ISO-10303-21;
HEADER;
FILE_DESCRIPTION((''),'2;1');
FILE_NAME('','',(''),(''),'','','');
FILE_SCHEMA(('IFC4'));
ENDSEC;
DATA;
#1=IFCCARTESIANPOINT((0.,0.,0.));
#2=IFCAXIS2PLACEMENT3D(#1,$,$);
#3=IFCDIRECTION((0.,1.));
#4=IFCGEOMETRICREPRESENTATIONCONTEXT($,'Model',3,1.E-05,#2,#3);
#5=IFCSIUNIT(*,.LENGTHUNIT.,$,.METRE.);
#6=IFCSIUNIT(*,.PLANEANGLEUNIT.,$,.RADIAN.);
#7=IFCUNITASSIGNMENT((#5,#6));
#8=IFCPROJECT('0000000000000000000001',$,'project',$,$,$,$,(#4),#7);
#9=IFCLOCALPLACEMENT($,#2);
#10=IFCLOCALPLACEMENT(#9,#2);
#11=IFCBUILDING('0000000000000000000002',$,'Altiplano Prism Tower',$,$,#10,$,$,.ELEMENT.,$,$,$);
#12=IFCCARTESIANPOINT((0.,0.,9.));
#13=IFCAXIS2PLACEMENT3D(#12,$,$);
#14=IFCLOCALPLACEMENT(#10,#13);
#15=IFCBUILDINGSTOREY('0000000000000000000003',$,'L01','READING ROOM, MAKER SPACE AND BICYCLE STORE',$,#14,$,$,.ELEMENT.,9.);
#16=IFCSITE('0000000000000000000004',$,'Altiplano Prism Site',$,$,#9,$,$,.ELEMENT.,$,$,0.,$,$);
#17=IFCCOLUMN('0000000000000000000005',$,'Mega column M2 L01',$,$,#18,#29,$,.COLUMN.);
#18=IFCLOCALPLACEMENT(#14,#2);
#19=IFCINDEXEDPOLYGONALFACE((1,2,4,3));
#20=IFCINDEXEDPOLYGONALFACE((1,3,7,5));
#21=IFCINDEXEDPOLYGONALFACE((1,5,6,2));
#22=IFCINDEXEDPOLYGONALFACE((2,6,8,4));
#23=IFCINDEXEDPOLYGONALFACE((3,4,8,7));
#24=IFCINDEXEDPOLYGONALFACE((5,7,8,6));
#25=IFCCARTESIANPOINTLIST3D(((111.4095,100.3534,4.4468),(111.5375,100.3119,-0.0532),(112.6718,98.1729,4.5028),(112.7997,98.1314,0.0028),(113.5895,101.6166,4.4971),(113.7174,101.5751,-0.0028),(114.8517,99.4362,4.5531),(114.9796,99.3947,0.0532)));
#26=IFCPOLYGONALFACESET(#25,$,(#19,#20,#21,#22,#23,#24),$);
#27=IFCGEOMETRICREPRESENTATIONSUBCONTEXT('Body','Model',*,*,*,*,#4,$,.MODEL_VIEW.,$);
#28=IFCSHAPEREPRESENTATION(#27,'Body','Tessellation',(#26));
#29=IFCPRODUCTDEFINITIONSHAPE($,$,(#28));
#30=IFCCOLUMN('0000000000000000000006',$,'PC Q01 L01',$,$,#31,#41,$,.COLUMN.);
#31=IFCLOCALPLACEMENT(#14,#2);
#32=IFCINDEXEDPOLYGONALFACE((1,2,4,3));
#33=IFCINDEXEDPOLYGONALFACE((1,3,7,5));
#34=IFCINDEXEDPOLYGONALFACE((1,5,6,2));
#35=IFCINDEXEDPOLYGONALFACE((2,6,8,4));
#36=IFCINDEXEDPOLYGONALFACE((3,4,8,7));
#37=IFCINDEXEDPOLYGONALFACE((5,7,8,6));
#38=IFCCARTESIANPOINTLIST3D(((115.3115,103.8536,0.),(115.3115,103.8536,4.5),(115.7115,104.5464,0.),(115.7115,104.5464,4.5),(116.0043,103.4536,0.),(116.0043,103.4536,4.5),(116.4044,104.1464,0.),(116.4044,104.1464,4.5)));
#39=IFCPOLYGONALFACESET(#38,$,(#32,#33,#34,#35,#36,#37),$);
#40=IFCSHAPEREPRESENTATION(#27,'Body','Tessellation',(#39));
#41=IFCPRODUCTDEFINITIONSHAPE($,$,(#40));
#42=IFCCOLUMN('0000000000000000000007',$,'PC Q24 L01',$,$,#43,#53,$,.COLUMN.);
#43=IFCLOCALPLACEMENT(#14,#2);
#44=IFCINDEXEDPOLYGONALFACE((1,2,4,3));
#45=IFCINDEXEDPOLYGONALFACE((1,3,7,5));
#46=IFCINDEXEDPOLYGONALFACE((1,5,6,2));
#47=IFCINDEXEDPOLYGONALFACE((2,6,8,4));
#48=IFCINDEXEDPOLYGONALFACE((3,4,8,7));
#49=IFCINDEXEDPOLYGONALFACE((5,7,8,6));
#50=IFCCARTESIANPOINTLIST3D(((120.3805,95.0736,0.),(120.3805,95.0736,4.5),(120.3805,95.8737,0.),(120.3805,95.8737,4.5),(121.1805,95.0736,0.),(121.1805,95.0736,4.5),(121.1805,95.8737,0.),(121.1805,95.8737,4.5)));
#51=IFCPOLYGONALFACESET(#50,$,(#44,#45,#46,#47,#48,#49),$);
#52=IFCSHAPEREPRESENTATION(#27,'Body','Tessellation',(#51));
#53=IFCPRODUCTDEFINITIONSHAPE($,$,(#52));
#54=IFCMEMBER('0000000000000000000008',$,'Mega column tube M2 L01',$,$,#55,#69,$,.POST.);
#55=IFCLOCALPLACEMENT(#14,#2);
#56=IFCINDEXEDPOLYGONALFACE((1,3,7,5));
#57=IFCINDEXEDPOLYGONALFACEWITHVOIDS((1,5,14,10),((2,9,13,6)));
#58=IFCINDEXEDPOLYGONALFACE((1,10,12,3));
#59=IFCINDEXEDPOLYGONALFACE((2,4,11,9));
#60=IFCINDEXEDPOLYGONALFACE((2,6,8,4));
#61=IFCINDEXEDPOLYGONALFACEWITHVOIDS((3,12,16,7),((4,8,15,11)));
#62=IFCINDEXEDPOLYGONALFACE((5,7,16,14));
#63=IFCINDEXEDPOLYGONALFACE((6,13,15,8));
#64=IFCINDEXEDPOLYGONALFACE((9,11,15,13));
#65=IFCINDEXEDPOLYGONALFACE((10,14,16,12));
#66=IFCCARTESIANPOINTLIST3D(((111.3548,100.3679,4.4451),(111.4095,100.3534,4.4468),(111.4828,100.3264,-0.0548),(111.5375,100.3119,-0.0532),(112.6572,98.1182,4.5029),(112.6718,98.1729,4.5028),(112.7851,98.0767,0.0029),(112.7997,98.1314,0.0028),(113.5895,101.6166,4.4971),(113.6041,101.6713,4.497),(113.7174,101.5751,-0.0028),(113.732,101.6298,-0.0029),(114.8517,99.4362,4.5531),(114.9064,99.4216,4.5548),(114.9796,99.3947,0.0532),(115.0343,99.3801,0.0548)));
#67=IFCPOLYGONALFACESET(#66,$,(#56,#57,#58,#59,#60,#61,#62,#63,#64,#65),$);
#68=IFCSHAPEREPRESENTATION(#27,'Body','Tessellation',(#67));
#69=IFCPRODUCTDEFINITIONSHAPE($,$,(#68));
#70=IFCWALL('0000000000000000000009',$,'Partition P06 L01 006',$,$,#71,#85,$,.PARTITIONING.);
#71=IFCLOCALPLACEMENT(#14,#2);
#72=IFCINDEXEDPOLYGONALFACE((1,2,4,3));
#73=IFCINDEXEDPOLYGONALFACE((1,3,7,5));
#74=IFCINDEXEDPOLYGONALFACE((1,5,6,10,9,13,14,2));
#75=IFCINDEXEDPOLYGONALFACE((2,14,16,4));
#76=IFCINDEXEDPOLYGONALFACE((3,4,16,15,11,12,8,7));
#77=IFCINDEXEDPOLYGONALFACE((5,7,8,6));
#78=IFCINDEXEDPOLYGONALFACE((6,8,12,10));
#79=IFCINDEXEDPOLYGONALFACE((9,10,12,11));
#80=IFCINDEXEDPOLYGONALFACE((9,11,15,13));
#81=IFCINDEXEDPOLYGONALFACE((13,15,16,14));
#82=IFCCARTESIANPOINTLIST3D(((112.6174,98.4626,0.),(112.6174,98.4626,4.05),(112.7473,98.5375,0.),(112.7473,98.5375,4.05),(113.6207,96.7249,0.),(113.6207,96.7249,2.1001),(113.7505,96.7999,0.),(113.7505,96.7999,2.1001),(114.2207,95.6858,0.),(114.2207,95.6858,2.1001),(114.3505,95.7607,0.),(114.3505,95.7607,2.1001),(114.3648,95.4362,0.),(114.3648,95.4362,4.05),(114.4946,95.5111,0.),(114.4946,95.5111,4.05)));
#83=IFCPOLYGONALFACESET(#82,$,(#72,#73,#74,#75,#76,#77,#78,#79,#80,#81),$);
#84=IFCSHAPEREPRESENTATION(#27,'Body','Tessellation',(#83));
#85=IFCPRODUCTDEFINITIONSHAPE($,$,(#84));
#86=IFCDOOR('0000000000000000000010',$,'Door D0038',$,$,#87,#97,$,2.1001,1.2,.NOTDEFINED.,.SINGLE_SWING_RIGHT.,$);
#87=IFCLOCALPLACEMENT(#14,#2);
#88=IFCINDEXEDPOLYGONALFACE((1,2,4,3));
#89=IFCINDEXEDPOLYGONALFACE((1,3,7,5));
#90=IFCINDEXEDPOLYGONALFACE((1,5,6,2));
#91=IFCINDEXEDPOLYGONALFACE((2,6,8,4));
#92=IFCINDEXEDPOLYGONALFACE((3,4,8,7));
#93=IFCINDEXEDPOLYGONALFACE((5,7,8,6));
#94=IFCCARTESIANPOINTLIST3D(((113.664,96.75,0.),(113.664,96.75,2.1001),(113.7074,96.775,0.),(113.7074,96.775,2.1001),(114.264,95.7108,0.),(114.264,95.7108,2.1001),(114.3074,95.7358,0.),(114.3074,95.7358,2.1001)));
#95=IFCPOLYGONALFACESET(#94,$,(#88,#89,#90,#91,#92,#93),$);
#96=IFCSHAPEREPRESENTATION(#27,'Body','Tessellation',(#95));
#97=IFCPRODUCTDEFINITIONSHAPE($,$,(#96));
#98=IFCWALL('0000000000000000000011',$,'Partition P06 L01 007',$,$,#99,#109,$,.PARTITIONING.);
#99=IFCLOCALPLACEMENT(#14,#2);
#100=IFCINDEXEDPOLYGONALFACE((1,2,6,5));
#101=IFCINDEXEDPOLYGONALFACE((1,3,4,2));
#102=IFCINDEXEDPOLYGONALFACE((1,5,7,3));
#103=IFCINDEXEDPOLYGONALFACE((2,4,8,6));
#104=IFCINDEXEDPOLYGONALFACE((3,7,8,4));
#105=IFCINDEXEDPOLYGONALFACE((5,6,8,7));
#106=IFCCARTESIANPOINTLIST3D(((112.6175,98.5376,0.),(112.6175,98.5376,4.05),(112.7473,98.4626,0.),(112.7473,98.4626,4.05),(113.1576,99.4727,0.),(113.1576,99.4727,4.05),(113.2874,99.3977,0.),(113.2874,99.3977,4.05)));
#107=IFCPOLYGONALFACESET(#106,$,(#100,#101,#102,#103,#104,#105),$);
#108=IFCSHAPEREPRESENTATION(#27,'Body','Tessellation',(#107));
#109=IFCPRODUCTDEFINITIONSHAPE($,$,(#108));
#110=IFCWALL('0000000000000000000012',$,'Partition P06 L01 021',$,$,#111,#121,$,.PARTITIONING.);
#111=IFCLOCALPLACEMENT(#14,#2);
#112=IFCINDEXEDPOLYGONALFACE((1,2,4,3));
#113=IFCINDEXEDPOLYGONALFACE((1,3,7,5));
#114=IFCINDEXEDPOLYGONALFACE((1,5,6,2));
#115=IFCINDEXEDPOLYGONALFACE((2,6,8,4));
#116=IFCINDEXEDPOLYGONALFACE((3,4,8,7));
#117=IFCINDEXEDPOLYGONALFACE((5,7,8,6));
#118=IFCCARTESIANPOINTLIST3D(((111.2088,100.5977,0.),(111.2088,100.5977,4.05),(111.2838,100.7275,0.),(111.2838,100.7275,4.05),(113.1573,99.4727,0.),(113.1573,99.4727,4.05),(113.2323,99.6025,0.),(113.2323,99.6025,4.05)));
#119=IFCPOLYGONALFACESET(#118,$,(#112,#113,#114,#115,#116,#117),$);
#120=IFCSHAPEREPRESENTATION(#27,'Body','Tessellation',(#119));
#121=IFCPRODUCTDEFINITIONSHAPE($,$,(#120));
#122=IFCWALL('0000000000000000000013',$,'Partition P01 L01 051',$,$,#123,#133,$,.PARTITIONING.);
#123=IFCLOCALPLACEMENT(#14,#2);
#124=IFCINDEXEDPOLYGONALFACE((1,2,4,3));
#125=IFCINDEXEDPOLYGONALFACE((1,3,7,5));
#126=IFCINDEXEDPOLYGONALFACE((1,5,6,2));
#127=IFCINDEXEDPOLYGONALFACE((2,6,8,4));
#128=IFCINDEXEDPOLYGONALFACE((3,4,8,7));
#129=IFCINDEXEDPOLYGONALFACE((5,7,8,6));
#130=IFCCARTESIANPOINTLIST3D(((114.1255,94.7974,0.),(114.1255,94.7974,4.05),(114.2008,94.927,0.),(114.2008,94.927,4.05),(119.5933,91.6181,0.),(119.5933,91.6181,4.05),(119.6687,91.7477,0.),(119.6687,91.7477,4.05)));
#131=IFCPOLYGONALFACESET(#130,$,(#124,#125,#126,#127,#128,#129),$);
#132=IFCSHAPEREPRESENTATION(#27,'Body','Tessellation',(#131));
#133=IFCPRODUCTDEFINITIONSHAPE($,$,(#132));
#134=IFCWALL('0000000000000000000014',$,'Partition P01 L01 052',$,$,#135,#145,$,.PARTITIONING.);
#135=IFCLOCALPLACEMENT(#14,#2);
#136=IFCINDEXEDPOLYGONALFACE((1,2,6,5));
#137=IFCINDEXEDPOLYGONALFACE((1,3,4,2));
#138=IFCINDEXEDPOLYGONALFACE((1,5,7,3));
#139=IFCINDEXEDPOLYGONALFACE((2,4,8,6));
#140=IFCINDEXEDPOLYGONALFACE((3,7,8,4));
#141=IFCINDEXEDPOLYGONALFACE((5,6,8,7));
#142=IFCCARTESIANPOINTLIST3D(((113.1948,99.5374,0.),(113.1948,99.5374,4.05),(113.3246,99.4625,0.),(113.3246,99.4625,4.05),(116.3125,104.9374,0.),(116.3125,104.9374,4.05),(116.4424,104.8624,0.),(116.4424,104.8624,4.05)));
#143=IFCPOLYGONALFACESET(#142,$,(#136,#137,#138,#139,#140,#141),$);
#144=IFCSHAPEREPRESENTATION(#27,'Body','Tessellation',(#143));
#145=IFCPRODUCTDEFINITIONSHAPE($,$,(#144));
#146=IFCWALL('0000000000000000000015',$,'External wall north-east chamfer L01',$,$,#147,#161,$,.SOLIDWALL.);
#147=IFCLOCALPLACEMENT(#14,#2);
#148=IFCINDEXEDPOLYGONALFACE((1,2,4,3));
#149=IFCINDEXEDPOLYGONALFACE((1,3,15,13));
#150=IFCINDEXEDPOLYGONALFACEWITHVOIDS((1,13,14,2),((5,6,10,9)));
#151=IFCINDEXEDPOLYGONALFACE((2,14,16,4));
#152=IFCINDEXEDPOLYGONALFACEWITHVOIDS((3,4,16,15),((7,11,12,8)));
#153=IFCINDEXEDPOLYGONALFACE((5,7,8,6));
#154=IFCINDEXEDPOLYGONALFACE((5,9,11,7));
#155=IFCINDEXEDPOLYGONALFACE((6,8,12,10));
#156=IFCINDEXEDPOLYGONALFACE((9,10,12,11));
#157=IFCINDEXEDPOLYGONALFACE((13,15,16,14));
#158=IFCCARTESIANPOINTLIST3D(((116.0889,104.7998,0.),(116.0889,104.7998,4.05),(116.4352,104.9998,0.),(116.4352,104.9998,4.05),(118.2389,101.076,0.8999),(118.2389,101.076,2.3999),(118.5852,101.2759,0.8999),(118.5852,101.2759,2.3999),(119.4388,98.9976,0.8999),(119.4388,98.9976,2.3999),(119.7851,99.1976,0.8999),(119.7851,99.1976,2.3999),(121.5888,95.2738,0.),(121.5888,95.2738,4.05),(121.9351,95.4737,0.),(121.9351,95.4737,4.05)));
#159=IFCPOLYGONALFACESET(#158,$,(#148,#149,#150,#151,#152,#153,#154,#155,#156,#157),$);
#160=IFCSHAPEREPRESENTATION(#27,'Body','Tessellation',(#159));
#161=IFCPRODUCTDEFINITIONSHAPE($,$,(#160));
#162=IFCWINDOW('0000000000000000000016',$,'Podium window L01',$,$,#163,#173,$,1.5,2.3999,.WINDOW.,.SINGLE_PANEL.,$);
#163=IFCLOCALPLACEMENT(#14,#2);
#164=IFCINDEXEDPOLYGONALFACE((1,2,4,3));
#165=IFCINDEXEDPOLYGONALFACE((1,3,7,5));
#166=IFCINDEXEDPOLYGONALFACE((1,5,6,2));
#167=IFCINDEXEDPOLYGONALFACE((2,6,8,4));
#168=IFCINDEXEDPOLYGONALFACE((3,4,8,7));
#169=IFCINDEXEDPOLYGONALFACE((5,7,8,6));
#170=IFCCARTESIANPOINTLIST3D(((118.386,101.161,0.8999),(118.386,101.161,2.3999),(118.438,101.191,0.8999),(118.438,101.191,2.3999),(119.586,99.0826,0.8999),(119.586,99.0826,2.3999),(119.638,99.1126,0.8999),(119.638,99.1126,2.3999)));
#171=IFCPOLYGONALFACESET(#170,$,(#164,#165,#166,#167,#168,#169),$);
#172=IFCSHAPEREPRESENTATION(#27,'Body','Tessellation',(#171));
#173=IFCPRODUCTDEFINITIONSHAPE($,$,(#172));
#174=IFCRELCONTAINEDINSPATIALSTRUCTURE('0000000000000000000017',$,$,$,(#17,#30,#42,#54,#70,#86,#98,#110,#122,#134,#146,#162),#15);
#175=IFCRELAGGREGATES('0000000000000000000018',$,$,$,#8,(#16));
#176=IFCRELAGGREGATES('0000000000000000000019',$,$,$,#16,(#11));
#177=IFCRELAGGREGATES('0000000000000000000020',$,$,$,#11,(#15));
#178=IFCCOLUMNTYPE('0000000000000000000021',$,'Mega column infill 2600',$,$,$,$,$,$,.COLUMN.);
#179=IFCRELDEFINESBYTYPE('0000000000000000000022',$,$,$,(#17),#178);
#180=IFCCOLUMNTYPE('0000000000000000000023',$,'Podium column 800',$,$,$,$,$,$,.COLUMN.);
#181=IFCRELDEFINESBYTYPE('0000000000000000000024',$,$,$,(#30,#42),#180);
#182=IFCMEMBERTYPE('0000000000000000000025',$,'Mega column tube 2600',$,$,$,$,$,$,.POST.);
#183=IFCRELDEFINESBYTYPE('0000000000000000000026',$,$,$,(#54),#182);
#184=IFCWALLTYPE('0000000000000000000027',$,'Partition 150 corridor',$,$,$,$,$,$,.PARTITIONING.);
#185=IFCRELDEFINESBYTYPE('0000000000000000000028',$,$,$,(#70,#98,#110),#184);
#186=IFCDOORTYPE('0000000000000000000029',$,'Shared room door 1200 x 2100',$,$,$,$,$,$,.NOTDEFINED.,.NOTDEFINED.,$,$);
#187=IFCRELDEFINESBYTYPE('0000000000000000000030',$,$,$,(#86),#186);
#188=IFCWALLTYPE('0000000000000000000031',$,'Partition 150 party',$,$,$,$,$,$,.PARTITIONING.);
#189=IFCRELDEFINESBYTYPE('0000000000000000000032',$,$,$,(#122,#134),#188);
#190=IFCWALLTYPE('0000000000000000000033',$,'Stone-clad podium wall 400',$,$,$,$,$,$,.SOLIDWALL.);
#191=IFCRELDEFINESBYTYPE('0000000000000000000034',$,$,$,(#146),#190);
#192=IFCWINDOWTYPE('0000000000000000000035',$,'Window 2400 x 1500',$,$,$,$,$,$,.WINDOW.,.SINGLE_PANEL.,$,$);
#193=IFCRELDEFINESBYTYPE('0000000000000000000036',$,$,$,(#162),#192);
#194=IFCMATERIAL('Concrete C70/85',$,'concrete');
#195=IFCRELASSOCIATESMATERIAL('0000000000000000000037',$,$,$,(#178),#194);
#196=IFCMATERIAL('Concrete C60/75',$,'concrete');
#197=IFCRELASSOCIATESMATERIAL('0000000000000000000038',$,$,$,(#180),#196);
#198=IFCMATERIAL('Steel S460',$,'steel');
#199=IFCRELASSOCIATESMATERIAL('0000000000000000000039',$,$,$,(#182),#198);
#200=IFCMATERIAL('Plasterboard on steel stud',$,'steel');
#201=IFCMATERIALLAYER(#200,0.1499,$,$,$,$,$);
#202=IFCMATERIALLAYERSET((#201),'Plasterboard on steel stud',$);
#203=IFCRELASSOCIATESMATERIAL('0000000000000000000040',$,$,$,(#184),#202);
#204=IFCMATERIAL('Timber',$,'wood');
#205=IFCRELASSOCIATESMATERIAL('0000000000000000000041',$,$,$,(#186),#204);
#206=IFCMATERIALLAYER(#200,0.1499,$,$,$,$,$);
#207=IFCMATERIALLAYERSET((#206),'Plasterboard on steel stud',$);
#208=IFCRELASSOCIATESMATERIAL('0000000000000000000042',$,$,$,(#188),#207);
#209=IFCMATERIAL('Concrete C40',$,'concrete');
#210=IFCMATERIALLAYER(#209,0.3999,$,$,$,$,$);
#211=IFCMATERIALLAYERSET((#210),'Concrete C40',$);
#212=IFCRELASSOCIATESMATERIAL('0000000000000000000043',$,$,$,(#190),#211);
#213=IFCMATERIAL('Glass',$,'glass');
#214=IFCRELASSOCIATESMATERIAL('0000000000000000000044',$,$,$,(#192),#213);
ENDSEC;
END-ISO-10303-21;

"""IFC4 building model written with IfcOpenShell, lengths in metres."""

from ifc_helpers import new_model, si_unit, direction, frame, frame_2d, origin, origin_2d, place, context, subcontext, project, spatial, rectangle, hollow_rectangle, extrude, material, layer, layer_set, material_profile, profile_set, type_object, element, fill, save


model = new_model("IFC4")

# Units and contexts
model_context = context("Model", 3, precision=1e-05, world=origin(), true_north=direction((0.0, 1.0)))
body_context = subcontext(model_context, "Body", "Model", "MODEL_VIEW")
ifc_project = project(units=[si_unit("LENGTHUNIT", "METRE"), si_unit("PLANEANGLEUNIT", "RADIAN")], contexts=[model_context])

# Site, building, storey
site_placement = place(None, origin())
site = spatial("IfcSite", under=ifc_project, at=site_placement, Name="Altiplano Prism Site", CompositionType="ELEMENT", RefElevation=0.0)
building_placement = place(site_placement, origin())
building = spatial("IfcBuilding", under=site, at=building_placement, Name="Altiplano Prism Tower", CompositionType="ELEMENT")
storey_placement = place(building_placement, frame((0.0, 0.0, 9.0)))
storey = spatial("IfcBuildingStorey", under=building, at=storey_placement, Name="L01", Description="READING ROOM, MAKER SPACE AND BICYCLE STORE", CompositionType="ELEMENT", Elevation=9.0)

# Columns
ifc_material_1 = material(Name="Concrete C70/85", Category="concrete")
ifc_material_profile_1 = material_profile(ifc_material_1, rectangle(XDim=2.52, YDim=2.52, at=origin_2d()), Name="Mega column infill 2600")
ifc_profile_set_1 = profile_set([ifc_material_profile_1], Name="Concrete C70/85")
column_type_1 = type_object("IfcColumnType", Name="Mega column infill 2600", PredefinedType="COLUMN", material=ifc_profile_set_1)
column_placement = place(storey_placement, frame((113.2585, 99.8533, 0.0), z_axis=(-0.028416, 0.009219, 0.999554), x_axis=(0.500876, -0.865234, 0.022219)))
element("IfcColumn", 1, at=column_placement, inside=storey, type_object=column_type_1, Name="Mega column M2 L01", PredefinedType="COLUMN", context=body_context, shape_type="SweptSolid", body=[
    extrude(rectangle(XDim=2.52, YDim=2.52, at=origin_2d()), origin(), (0.0, 0.0, 1.0), 4.502),
])
ifc_material_2 = material(Name="Concrete C60/75", Category="concrete")
ifc_material_profile_2 = material_profile(ifc_material_2, rectangle(XDim=0.8, YDim=0.8, at=origin_2d()), Name="Podium column 800")
ifc_profile_set_2 = profile_set([ifc_material_profile_2], Name="Concrete C60/75")
column_type_2 = type_object("IfcColumnType", Name="Podium column 800", PredefinedType="COLUMN", material=ifc_profile_set_2)
for number, where, z_axis, x_axis, name in (
    (2, (115.8579, 104.0, 0.0), (0.0, 0.0, 1.0), (0.5, 0.866025, 0.0), "PC Q01 L01"),
    (3, (120.7805, 95.4736, 0.0), (0.0, 0.0, 1.0), (0.0, 1.0, 0.0), "PC Q24 L01"),
):
    element("IfcColumn", number, at=place(storey_placement, frame(where, z_axis=z_axis, x_axis=x_axis)), inside=storey, type_object=column_type_2, Name=name, PredefinedType="COLUMN", context=body_context, shape_type="SweptSolid", body=[
        extrude(rectangle(XDim=0.8, YDim=0.8, at=origin_2d()), origin(), (0.0, 0.0, 1.0), 4.5),
    ])

# Member
ifc_material_3 = material(Name="Steel S460", Category="steel")
ifc_material_profile_3 = material_profile(ifc_material_3, hollow_rectangle(XDim=2.6001, YDim=2.6001, WallThickness=0.04, at=origin_2d()), Name="Mega column tube 2600")
ifc_profile_set_3 = profile_set([ifc_material_profile_3], Name="Steel S460")
member_type = type_object("IfcMemberType", Name="Mega column tube 2600", PredefinedType="POST", material=ifc_profile_set_3)
member_placement = place(storey_placement, frame((113.2585, 99.8533, 0.0), z_axis=(-0.028416, 0.009219, 0.999554), x_axis=(0.500876, -0.865234, 0.022219)))
element("IfcMember", 4, at=member_placement, inside=storey, type_object=member_type, Name="Mega column tube M2 L01", PredefinedType="POST", context=body_context, shape_type="SweptSolid", body=[
    extrude(hollow_rectangle(XDim=2.6001, YDim=2.6001, WallThickness=0.04, at=origin_2d()), origin(), (0.0, 0.0, 1.0), 4.502),
])

# Wall, opening, door
ifc_material_4 = material(Name="Plasterboard on steel stud", Category="steel")
ifc_layer_1 = layer(ifc_material_4, 0.1499)
ifc_layer_set_1 = layer_set([ifc_layer_1], Name="Plasterboard on steel stud")
wall_type_1 = type_object("IfcWallType", Name="Partition 150 corridor", PredefinedType="PARTITIONING", material=ifc_layer_set_1)
wall_1_placement = place(storey_placement, frame((114.4297, 95.4736, 0.0), z_axis=(0.0, 0.0, 1.0), x_axis=(-0.500009, 0.86602, 0.0)))
wall_1 = element("IfcWall", 5, at=wall_1_placement, inside=storey, type_object=wall_type_1, Name="Partition P06 L01 006", PredefinedType="PARTITIONING", context=body_context, shape_type="SweptSolid", body=[
    extrude(rectangle(XDim=3.4946, YDim=0.1499, at=frame_2d((1.7473, 0.0))), origin(), (0.0, 0.0, 1.0), 4.05),
])
opening_1_placement = place(wall_1_placement, frame((0.2881, 0.0, 0.0)))
opening_1 = element("IfcOpeningElement", 6, at=opening_1_placement, cuts=wall_1, PredefinedType="OPENING", context=body_context, shape_type="SweptSolid", body=[
    extrude(rectangle(XDim=1.2, YDim=2.1001, at=frame_2d((0.6001, 1.05))), frame((0.0, 0.0854, 0.0), z_axis=(0.0, -1.0, 0.0), x_axis=(1.0, 0.0, 0.0)), (0.0, 0.0, 1.0), 0.1709),
])
ifc_material_5 = material(Name="Timber", Category="wood")
door_type = type_object("IfcDoorType", Name="Shared room door 1200 x 2100", OperationType="NOTDEFINED", PredefinedType="NOTDEFINED", material=ifc_material_5)
door_placement = place(opening_1_placement, origin())
door = element("IfcDoor", 7, at=door_placement, inside=storey, type_object=door_type, Name="Door D0038", OperationType="SINGLE_SWING_RIGHT", OverallHeight=2.1001, OverallWidth=1.2, PredefinedType="NOTDEFINED", context=body_context, shape_type="SweptSolid", body=[
    extrude(rectangle(XDim=1.2, YDim=2.1001, at=frame_2d((0.6001, 1.05))), frame((0.0, 0.0249, 0.0), z_axis=(0.0, -1.0, 0.0), x_axis=(1.0, 0.0, 0.0)), (0.0, 0.0, 1.0), 0.05),
])
fill(opening_1, door)

# Walls
wall_2_placement = place(storey_placement, frame((112.6824, 98.5, 0.0), z_axis=(0.0, 0.0, 1.0), x_axis=(0.500127, 0.865952, 0.0)))
element("IfcWall", 8, at=wall_2_placement, inside=storey, type_object=wall_type_1, Name="Partition P06 L01 007", PredefinedType="PARTITIONING", context=body_context, shape_type="SweptSolid", body=[
    extrude(rectangle(XDim=1.0798, YDim=0.1499, at=frame_2d((0.54, 0.0))), origin(), (0.0, 0.0, 1.0), 4.05),
])
wall_3_placement = place(storey_placement, frame((113.1948, 99.5376, 0.0), z_axis=(0.0, 0.0, 1.0), x_axis=(-0.866018, 0.500014, 0.0)))
element("IfcWall", 9, at=wall_3_placement, inside=storey, type_object=wall_type_1, Name="Partition P06 L01 021", PredefinedType="PARTITIONING", context=body_context, shape_type="SweptSolid", body=[
    extrude(rectangle(XDim=2.25, YDim=0.1499, at=frame_2d((1.125, 0.0))), origin(), (0.0, 0.0, 1.0), 4.05),
])
ifc_layer_2 = layer(ifc_material_4, 0.1499)
ifc_layer_set_2 = layer_set([ifc_layer_2], Name="Plasterboard on steel stud")
wall_type_2 = type_object("IfcWallType", Name="Partition 150 party", PredefinedType="PARTITIONING", material=ifc_layer_set_2)
wall_4_placement = place(storey_placement, frame((119.6311, 91.6829, 0.0), z_axis=(0.0, 0.0, 1.0), x_axis=(-0.864489, 0.502651, 0.0)))
element("IfcWall", 10, at=wall_4_placement, inside=storey, type_object=wall_type_2, Name="Partition P01 L01 051", PredefinedType="PARTITIONING", context=body_context, shape_type="SweptSolid", body=[
    extrude(rectangle(XDim=6.325, YDim=0.1499, at=frame_2d((3.1626, 0.0))), origin(), (0.0, 0.0, 1.0), 4.05),
])
wall_5_placement = place(storey_placement, frame((116.3774, 104.8999, 0.0), z_axis=(0.0, 0.0, 1.0), x_axis=(-0.500005, -0.866023, 0.0)))
element("IfcWall", 11, at=wall_5_placement, inside=storey, type_object=wall_type_2, Name="Partition P01 L01 052", PredefinedType="PARTITIONING", context=body_context, shape_type="SweptSolid", body=[
    extrude(rectangle(XDim=6.2354, YDim=0.1499, at=frame_2d((3.1177, 0.0))), origin(), (0.0, 0.0, 1.0), 4.05),
])

# Shared definitions
ifc_material_6 = material(Name="Concrete C40", Category="concrete")
ifc_layer_3 = layer(ifc_material_6, 0.3999)
ifc_layer_set_3 = layer_set([ifc_layer_3], Name="Concrete C40")
wall_type_3 = type_object("IfcWallType", Name="Stone-clad podium wall 400", PredefinedType="SOLIDWALL", material=ifc_layer_set_3)
ifc_material_7 = material(Name="Glass", Category="glass")
window_type = type_object("IfcWindowType", Name="Window 2400 x 1500", PartitioningType="SINGLE_PANEL", PredefinedType="WINDOW", material=ifc_material_7)

# Wall, opening, window
wall_6_placement = place(storey_placement, frame((116.262, 104.8999, 0.0), z_axis=(0.0, 0.0, 1.0), x_axis=(0.500006, -0.866022, 0.0)))
wall_6 = element("IfcWall", 12, at=wall_6_placement, inside=storey, type_object=wall_type_3, Name="External wall north-east chamfer L01", PredefinedType="SOLIDWALL", context=body_context, shape_type="SweptSolid", body=[
    extrude(rectangle(XDim=10.9998, YDim=0.3999, at=frame_2d((5.5, 0.0))), origin(), (0.0, 0.0, 1.0), 4.05),
])
opening_2_placement = place(wall_6_placement, frame((4.3, 0.0, 0.8999)))
opening_2 = element("IfcOpeningElement", 13, at=opening_2_placement, cuts=wall_6, PredefinedType="OPENING", context=body_context, shape_type="SweptSolid", body=[
    extrude(rectangle(XDim=2.3999, YDim=1.5, at=frame_2d((1.2, 0.75))), frame((0.0, 0.2104, 0.0), z_axis=(0.0, -1.0, 0.0), x_axis=(1.0, 0.0, 0.0)), (0.0, 0.0, 1.0), 0.4209),
])
window_1_placement = place(opening_2_placement, origin())
window_1 = element("IfcWindow", 14, at=window_1_placement, inside=storey, type_object=window_type, Name="Podium window L01", OverallHeight=1.5, OverallWidth=2.3999, PartitioningType="SINGLE_PANEL", PredefinedType="WINDOW", context=body_context, shape_type="SweptSolid", body=[
    extrude(rectangle(XDim=2.3999, YDim=1.5, at=frame_2d((1.2, 0.75))), frame((0.0, 0.03, 0.0), z_axis=(0.0, -1.0, 0.0), x_axis=(1.0, 0.0, 0.0)), (0.0, 0.0, 1.0), 0.0601),
])
fill(opening_2, window_1)

save(model, "model.ifc")
